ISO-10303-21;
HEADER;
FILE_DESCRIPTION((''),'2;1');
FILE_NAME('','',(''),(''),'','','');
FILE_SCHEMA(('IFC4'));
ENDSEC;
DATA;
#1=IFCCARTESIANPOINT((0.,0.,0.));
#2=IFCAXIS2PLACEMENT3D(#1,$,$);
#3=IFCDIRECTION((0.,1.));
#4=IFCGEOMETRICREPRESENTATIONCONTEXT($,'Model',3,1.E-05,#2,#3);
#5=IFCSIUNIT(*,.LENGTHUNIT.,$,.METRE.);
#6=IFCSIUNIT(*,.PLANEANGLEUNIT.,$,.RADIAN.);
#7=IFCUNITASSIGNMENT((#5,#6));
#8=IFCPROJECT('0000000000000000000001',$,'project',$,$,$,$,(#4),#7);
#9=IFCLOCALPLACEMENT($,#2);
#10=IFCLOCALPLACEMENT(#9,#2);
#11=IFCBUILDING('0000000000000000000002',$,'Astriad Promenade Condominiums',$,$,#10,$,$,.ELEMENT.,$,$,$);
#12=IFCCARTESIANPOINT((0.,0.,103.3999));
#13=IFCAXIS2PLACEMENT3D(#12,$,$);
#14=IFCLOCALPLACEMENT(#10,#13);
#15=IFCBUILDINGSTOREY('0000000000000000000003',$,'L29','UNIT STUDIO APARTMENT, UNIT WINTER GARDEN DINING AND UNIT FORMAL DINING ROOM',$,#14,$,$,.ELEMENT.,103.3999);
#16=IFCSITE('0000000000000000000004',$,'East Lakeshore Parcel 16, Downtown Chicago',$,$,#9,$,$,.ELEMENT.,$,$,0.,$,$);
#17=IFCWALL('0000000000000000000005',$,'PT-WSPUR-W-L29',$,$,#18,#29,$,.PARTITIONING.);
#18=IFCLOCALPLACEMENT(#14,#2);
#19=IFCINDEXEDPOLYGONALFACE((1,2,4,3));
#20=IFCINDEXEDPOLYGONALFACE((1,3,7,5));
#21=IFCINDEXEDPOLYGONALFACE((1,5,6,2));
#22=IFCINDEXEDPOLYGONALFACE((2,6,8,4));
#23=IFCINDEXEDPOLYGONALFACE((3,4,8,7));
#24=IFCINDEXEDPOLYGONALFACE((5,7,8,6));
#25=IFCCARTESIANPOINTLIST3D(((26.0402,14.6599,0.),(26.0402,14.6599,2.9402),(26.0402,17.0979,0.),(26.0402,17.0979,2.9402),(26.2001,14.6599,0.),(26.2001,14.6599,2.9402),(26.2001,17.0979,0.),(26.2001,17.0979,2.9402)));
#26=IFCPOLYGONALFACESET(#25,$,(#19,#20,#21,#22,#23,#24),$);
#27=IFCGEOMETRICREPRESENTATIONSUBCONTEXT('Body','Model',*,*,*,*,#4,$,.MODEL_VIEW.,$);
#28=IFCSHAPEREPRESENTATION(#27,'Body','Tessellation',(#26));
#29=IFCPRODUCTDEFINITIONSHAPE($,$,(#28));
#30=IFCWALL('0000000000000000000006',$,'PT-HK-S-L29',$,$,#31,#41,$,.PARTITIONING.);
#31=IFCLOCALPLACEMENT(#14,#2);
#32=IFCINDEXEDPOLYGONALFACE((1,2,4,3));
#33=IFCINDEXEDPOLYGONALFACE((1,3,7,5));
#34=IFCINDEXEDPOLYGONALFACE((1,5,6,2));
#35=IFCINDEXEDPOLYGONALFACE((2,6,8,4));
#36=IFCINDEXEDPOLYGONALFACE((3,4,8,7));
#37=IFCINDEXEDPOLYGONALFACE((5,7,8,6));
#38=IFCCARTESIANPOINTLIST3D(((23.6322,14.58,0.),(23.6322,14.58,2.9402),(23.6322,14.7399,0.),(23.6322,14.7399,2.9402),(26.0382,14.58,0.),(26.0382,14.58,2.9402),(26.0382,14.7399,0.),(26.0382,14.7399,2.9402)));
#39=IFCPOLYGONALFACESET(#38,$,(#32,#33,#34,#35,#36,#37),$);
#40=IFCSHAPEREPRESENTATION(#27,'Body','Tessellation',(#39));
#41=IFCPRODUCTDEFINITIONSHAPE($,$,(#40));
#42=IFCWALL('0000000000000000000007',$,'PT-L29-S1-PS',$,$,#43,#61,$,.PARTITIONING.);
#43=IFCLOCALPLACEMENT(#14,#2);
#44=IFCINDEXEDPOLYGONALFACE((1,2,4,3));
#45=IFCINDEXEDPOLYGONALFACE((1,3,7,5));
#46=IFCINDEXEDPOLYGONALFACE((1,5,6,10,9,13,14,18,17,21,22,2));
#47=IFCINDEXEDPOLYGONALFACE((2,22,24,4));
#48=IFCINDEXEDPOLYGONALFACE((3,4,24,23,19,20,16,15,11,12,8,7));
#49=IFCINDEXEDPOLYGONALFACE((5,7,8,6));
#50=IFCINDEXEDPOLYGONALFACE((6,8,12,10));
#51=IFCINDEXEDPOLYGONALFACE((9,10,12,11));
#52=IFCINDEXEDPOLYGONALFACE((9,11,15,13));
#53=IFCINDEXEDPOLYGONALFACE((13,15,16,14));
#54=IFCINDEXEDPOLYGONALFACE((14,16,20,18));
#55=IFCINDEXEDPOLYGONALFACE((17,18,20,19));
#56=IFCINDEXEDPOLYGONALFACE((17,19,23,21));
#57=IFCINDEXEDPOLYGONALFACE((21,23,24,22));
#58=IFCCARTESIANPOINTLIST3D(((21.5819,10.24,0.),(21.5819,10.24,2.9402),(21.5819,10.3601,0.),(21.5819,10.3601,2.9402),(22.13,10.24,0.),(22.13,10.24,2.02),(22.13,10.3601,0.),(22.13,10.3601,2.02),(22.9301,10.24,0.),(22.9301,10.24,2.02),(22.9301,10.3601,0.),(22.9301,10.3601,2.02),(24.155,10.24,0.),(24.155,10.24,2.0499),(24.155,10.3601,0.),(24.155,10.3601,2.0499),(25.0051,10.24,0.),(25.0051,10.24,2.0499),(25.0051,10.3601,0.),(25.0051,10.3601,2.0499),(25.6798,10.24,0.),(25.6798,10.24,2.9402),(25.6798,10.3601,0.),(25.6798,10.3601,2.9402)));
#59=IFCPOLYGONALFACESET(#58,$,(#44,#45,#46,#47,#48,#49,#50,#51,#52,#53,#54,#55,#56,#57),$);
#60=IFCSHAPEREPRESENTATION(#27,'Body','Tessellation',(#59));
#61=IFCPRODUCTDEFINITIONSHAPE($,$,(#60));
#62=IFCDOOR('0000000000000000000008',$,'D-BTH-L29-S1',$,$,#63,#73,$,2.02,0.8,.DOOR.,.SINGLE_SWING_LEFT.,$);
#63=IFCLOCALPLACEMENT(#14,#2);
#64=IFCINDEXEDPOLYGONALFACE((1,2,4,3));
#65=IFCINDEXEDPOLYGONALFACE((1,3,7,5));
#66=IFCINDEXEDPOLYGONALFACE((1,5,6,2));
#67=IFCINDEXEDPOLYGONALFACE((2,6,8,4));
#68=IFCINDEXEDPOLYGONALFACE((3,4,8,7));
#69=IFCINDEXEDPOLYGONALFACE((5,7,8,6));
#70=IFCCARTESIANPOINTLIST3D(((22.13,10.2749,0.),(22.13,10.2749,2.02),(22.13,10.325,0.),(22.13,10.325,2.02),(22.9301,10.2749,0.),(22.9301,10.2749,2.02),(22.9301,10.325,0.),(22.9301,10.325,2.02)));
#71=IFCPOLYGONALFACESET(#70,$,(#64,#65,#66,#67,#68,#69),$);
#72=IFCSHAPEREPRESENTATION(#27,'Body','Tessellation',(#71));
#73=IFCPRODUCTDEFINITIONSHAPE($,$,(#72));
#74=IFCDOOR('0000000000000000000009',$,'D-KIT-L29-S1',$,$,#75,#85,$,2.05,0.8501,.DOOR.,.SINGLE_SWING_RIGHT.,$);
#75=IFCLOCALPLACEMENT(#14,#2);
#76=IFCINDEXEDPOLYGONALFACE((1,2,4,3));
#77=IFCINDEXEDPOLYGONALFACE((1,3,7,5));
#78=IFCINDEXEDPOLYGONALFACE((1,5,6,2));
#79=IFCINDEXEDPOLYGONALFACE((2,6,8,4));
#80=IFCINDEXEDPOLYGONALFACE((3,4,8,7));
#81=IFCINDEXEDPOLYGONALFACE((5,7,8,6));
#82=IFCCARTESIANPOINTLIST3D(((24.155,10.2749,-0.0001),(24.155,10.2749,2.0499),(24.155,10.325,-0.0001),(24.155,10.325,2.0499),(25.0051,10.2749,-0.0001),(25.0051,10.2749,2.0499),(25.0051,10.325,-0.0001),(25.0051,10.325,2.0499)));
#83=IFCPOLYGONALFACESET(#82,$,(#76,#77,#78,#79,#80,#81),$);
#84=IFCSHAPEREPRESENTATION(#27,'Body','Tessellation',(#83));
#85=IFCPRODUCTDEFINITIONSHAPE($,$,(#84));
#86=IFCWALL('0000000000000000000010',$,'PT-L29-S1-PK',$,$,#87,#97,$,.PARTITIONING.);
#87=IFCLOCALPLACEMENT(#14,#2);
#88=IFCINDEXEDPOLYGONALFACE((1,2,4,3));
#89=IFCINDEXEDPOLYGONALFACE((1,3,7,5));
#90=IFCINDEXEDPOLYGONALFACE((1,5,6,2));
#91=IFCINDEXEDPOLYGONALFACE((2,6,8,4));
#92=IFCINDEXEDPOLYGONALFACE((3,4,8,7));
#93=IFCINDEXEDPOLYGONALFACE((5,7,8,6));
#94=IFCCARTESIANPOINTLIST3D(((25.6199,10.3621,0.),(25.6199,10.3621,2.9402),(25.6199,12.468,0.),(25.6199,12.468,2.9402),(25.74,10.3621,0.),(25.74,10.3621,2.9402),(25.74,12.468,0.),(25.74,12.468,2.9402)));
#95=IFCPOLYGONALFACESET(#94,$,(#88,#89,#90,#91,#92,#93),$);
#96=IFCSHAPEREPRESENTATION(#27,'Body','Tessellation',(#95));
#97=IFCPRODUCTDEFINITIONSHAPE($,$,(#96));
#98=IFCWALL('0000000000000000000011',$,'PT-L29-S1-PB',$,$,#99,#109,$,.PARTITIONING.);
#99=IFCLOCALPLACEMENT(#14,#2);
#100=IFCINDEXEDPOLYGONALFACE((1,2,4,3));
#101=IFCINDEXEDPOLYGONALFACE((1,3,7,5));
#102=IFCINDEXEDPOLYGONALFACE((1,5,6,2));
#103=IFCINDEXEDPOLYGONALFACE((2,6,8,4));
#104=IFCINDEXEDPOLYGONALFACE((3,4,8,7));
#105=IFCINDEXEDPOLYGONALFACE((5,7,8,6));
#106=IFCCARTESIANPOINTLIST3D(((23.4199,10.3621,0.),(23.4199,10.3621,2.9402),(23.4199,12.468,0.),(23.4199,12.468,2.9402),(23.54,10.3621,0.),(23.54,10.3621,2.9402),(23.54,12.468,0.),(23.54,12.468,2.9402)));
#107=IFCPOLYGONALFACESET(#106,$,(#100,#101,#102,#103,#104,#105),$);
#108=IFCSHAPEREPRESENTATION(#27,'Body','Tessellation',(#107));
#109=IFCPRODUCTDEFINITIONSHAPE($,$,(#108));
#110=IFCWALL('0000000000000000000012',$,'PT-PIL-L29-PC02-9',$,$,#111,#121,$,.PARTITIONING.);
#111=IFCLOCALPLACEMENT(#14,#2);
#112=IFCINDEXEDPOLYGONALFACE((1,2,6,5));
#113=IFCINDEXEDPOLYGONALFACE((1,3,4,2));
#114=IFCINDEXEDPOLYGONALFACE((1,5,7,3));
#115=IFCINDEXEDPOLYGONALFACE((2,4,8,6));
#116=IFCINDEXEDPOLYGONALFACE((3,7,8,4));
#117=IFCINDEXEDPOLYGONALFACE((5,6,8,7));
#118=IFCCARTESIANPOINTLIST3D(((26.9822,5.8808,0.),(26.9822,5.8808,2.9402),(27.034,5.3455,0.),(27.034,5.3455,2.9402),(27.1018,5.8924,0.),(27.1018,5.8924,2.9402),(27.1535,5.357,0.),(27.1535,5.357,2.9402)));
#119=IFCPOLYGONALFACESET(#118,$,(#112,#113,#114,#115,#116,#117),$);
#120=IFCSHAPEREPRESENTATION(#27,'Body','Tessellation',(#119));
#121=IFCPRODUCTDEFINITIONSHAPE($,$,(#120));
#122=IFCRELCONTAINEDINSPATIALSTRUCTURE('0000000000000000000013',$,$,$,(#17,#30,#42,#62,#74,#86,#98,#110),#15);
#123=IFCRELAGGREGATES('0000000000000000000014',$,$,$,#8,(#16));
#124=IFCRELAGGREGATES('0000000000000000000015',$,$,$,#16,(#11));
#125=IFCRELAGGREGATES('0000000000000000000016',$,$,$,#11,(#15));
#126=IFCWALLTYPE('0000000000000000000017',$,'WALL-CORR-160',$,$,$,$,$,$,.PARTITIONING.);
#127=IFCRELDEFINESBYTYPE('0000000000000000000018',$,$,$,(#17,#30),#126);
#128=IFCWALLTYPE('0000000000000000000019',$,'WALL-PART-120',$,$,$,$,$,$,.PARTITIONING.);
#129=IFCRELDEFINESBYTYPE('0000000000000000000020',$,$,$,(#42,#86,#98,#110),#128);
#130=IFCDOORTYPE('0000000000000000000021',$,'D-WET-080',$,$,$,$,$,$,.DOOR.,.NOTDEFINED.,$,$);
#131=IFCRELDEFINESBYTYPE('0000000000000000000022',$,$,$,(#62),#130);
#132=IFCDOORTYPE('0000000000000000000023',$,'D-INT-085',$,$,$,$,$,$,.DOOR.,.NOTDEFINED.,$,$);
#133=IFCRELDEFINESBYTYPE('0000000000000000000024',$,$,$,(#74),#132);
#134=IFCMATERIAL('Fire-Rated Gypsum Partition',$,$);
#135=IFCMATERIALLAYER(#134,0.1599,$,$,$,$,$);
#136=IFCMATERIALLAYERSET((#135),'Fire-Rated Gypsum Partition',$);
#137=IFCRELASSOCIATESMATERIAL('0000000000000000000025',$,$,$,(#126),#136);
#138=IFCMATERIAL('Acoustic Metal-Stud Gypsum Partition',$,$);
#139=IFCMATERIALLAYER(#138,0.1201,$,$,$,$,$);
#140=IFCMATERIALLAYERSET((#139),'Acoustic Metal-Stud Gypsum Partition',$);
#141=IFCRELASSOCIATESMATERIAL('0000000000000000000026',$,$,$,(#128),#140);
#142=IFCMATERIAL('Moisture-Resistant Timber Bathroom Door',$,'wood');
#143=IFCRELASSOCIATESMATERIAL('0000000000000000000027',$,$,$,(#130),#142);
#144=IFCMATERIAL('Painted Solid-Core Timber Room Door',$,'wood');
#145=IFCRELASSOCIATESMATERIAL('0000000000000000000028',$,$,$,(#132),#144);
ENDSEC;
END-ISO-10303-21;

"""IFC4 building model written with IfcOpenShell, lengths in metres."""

from ifc_helpers import new_model, si_unit, direction, frame, frame_2d, origin, place, context, subcontext, project, spatial, rectangle, extrude, source, transform, mapped, material, layer, layer_set, type_object, type_shapes, element, fill, save


model = new_model("IFC4")

# Units and contexts
model_context = context("Model", 3, precision=1e-05, world=origin(), true_north=direction((0.0, 1.0)))
body_context = subcontext(model_context, "Body", "Model", "MODEL_VIEW")
ifc_project = project(units=[si_unit("LENGTHUNIT", "METRE"), si_unit("PLANEANGLEUNIT", "RADIAN")], contexts=[model_context])

# Site, building, storey
site_placement = place(None, origin())
site = spatial("IfcSite", under=ifc_project, at=site_placement, Name="East Lakeshore Parcel 16, Downtown Chicago", CompositionType="ELEMENT", RefElevation=0.0)
building_placement = place(site_placement, origin())
building = spatial("IfcBuilding", under=site, at=building_placement, Name="Astriad Promenade Condominiums", CompositionType="ELEMENT")
storey_placement = place(building_placement, frame((0.0, 0.0, 103.3999)))
storey = spatial("IfcBuildingStorey", under=building, at=storey_placement, Name="L29", Description="UNIT STUDIO APARTMENT, UNIT WINTER GARDEN DINING AND UNIT FORMAL DINING ROOM", CompositionType="ELEMENT", Elevation=103.3999)

# Shared definitions
ifc_material_1 = material(Name="Fire-Rated Gypsum Partition")
ifc_layer_1 = layer(ifc_material_1, 0.1599)
ifc_layer_set_1 = layer_set([ifc_layer_1], Name="Fire-Rated Gypsum Partition")
wall_type_1 = type_object("IfcWallType", Name="WALL-CORR-160", PredefinedType="PARTITIONING", material=ifc_layer_set_1)

# Walls
wall_1_placement = place(storey_placement, frame((26.1201, 14.6599, 0.0), z_axis=(0.0, 0.0, 1.0), x_axis=(0.0, 1.0, 0.0)))
element("IfcWall", 1, at=wall_1_placement, inside=storey, type_object=wall_type_1, Name="PT-WSPUR-W-L29", PredefinedType="PARTITIONING", context=body_context, shape_type="SweptSolid", body=[
    extrude(rectangle(XDim=2.438, YDim=0.1599, at=frame_2d((1.219, 0.0))), origin(), (0.0, 0.0, 1.0), 2.9402),
])
wall_2_placement = place(storey_placement, frame((23.6321, 14.6599, 0.0), z_axis=(0.0, 0.0, 1.0), x_axis=(1.0, 0.0, 0.0)))
element("IfcWall", 2, at=wall_2_placement, inside=storey, type_object=wall_type_1, Name="PT-HK-S-L29", PredefinedType="PARTITIONING", context=body_context, shape_type="SweptSolid", body=[
    extrude(rectangle(XDim=2.406, YDim=0.1599, at=frame_2d((1.2031, 0.0))), origin(), (0.0, 0.0, 1.0), 2.9402),
])

# Wall, openings, doors
ifc_material_2 = material(Name="Acoustic Metal-Stud Gypsum Partition")
ifc_layer_2 = layer(ifc_material_2, 0.1201)
ifc_layer_set_2 = layer_set([ifc_layer_2], Name="Acoustic Metal-Stud Gypsum Partition")
wall_type_2 = type_object("IfcWallType", Name="WALL-PART-120", PredefinedType="PARTITIONING", material=ifc_layer_set_2)
wall_3_placement = place(storey_placement, frame((21.582, 10.3, 0.0), z_axis=(0.0, 0.0, 1.0), x_axis=(1.0, 0.0, 0.0)))
wall_3 = element("IfcWall", 3, at=wall_3_placement, inside=storey, type_object=wall_type_2, Name="PT-L29-S1-PS", PredefinedType="PARTITIONING", context=body_context, shape_type="SweptSolid", body=[
    extrude(rectangle(XDim=4.0979, YDim=0.1201, at=frame_2d((2.0488, 0.0))), origin(), (0.0, 0.0, 1.0), 2.9402),
])
opening_1_placement = place(wall_3_placement, frame((0.5481, 0.0, 0.0)))
opening_1 = element("IfcOpeningElement", 4, at=opening_1_placement, cuts=wall_3, PredefinedType="OPENING", context=body_context, shape_type="SweptSolid", body=[
    extrude(rectangle(XDim=0.8, YDim=2.02, at=frame_2d((0.3999, 1.01))), frame((0.0, 0.0701, 0.0), z_axis=(0.0, -1.0, 0.0), x_axis=(1.0, 0.0, 0.0)), (0.0, 0.0, 1.0), 0.1401),
])
opening_2_placement = place(wall_3_placement, frame((2.573, 0.0, 0.0)))
opening_2 = element("IfcOpeningElement", 5, at=opening_2_placement, cuts=wall_3, PredefinedType="OPENING", context=body_context, shape_type="SweptSolid", body=[
    extrude(rectangle(XDim=0.8501, YDim=2.05, at=frame_2d((0.425, 1.0249))), frame((0.0, 0.0701, 0.0), z_axis=(0.0, -1.0, 0.0), x_axis=(1.0, 0.0, 0.0)), (0.0, 0.0, 1.0), 0.1401),
])
ifc_material_3 = material(Name="Moisture-Resistant Timber Bathroom Door", Category="wood")
door_type_1 = type_object("IfcDoorType", Name="D-WET-080", OperationType="NOTDEFINED", PredefinedType="DOOR", material=ifc_material_3)
shared_shape_1 = source(origin(), body_context, "Body", "SweptSolid", [
    extrude(rectangle(XDim=0.8, YDim=2.02, at=frame_2d((0.3999, 1.01))), frame((0.0, 0.0249, 0.0), z_axis=(0.0, -1.0, 0.0), x_axis=(1.0, 0.0, 0.0)), (0.0, 0.0, 1.0), 0.05),
])
type_shapes(door_type_1, [shared_shape_1])
door_1_placement = place(opening_1_placement, origin())
door_1 = element("IfcDoor", 6, at=door_1_placement, inside=storey, type_object=door_type_1, Name="D-BTH-L29-S1", OperationType="SINGLE_SWING_LEFT", OverallHeight=2.02, OverallWidth=0.8, PredefinedType="DOOR", context=body_context, shape_type="MappedRepresentation", body=[
    mapped(shared_shape_1, transform((0.0, 0.0, 0.0), scale=1.0)),
])
fill(opening_1, door_1)
ifc_material_4 = material(Name="Painted Solid-Core Timber Room Door", Category="wood")
door_type_2 = type_object("IfcDoorType", Name="D-INT-085", OperationType="NOTDEFINED", PredefinedType="DOOR", material=ifc_material_4)
shared_shape_2 = source(origin(), body_context, "Body", "SweptSolid", [
    extrude(rectangle(XDim=0.8501, YDim=2.05, at=frame_2d((0.425, 1.0249))), frame((0.0, 0.0249, 0.0), z_axis=(0.0, -1.0, 0.0), x_axis=(1.0, 0.0, 0.0)), (0.0, 0.0, 1.0), 0.05),
])
type_shapes(door_type_2, [shared_shape_2])
door_2_placement = place(opening_2_placement, origin())
door_2 = element("IfcDoor", 7, at=door_2_placement, inside=storey, type_object=door_type_2, Name="D-KIT-L29-S1", OperationType="SINGLE_SWING_RIGHT", OverallHeight=2.05, OverallWidth=0.8501, PredefinedType="DOOR", context=body_context, shape_type="MappedRepresentation", body=[
    mapped(shared_shape_2, transform((0.0, 0.0, 0.0), scale=1.0)),
])
fill(opening_2, door_2)

# Walls
for number, where, z_axis, x_axis, name in (
    (8, (25.6799, 10.3621, 0.0), (0.0, 0.0, 1.0), (0.0, 1.0, 0.0), "PT-L29-S1-PK"),
    (9, (23.48, 10.3621, 0.0), (0.0, 0.0, 1.0), (0.0, 1.0, 0.0), "PT-L29-S1-PB"),
):
    element("IfcWall", number, at=place(storey_placement, frame(where, z_axis=z_axis, x_axis=x_axis)), inside=storey, type_object=wall_type_2, Name=name, PredefinedType="PARTITIONING", context=body_context, shape_type="SweptSolid", body=[
        extrude(rectangle(XDim=2.106, YDim=0.1201, at=frame_2d((1.053, 0.0))), origin(), (0.0, 0.0, 1.0), 2.9402),
    ])
wall_4_placement = place(storey_placement, frame((27.042, 5.8867, 0.0), z_axis=(0.0, 0.0, 1.0), x_axis=(0.096223, -0.99536, 0.0)))
element("IfcWall", 10, at=wall_4_placement, inside=storey, type_object=wall_type_2, Name="PT-PIL-L29-PC02-9", PredefinedType="PARTITIONING", context=body_context, shape_type="SweptSolid", body=[
    extrude(rectangle(XDim=0.5378, YDim=0.1201, at=frame_2d((0.269, 0.0))), origin(), (0.0, 0.0, 1.0), 2.9402),
])

save(model, "model.ifc")
